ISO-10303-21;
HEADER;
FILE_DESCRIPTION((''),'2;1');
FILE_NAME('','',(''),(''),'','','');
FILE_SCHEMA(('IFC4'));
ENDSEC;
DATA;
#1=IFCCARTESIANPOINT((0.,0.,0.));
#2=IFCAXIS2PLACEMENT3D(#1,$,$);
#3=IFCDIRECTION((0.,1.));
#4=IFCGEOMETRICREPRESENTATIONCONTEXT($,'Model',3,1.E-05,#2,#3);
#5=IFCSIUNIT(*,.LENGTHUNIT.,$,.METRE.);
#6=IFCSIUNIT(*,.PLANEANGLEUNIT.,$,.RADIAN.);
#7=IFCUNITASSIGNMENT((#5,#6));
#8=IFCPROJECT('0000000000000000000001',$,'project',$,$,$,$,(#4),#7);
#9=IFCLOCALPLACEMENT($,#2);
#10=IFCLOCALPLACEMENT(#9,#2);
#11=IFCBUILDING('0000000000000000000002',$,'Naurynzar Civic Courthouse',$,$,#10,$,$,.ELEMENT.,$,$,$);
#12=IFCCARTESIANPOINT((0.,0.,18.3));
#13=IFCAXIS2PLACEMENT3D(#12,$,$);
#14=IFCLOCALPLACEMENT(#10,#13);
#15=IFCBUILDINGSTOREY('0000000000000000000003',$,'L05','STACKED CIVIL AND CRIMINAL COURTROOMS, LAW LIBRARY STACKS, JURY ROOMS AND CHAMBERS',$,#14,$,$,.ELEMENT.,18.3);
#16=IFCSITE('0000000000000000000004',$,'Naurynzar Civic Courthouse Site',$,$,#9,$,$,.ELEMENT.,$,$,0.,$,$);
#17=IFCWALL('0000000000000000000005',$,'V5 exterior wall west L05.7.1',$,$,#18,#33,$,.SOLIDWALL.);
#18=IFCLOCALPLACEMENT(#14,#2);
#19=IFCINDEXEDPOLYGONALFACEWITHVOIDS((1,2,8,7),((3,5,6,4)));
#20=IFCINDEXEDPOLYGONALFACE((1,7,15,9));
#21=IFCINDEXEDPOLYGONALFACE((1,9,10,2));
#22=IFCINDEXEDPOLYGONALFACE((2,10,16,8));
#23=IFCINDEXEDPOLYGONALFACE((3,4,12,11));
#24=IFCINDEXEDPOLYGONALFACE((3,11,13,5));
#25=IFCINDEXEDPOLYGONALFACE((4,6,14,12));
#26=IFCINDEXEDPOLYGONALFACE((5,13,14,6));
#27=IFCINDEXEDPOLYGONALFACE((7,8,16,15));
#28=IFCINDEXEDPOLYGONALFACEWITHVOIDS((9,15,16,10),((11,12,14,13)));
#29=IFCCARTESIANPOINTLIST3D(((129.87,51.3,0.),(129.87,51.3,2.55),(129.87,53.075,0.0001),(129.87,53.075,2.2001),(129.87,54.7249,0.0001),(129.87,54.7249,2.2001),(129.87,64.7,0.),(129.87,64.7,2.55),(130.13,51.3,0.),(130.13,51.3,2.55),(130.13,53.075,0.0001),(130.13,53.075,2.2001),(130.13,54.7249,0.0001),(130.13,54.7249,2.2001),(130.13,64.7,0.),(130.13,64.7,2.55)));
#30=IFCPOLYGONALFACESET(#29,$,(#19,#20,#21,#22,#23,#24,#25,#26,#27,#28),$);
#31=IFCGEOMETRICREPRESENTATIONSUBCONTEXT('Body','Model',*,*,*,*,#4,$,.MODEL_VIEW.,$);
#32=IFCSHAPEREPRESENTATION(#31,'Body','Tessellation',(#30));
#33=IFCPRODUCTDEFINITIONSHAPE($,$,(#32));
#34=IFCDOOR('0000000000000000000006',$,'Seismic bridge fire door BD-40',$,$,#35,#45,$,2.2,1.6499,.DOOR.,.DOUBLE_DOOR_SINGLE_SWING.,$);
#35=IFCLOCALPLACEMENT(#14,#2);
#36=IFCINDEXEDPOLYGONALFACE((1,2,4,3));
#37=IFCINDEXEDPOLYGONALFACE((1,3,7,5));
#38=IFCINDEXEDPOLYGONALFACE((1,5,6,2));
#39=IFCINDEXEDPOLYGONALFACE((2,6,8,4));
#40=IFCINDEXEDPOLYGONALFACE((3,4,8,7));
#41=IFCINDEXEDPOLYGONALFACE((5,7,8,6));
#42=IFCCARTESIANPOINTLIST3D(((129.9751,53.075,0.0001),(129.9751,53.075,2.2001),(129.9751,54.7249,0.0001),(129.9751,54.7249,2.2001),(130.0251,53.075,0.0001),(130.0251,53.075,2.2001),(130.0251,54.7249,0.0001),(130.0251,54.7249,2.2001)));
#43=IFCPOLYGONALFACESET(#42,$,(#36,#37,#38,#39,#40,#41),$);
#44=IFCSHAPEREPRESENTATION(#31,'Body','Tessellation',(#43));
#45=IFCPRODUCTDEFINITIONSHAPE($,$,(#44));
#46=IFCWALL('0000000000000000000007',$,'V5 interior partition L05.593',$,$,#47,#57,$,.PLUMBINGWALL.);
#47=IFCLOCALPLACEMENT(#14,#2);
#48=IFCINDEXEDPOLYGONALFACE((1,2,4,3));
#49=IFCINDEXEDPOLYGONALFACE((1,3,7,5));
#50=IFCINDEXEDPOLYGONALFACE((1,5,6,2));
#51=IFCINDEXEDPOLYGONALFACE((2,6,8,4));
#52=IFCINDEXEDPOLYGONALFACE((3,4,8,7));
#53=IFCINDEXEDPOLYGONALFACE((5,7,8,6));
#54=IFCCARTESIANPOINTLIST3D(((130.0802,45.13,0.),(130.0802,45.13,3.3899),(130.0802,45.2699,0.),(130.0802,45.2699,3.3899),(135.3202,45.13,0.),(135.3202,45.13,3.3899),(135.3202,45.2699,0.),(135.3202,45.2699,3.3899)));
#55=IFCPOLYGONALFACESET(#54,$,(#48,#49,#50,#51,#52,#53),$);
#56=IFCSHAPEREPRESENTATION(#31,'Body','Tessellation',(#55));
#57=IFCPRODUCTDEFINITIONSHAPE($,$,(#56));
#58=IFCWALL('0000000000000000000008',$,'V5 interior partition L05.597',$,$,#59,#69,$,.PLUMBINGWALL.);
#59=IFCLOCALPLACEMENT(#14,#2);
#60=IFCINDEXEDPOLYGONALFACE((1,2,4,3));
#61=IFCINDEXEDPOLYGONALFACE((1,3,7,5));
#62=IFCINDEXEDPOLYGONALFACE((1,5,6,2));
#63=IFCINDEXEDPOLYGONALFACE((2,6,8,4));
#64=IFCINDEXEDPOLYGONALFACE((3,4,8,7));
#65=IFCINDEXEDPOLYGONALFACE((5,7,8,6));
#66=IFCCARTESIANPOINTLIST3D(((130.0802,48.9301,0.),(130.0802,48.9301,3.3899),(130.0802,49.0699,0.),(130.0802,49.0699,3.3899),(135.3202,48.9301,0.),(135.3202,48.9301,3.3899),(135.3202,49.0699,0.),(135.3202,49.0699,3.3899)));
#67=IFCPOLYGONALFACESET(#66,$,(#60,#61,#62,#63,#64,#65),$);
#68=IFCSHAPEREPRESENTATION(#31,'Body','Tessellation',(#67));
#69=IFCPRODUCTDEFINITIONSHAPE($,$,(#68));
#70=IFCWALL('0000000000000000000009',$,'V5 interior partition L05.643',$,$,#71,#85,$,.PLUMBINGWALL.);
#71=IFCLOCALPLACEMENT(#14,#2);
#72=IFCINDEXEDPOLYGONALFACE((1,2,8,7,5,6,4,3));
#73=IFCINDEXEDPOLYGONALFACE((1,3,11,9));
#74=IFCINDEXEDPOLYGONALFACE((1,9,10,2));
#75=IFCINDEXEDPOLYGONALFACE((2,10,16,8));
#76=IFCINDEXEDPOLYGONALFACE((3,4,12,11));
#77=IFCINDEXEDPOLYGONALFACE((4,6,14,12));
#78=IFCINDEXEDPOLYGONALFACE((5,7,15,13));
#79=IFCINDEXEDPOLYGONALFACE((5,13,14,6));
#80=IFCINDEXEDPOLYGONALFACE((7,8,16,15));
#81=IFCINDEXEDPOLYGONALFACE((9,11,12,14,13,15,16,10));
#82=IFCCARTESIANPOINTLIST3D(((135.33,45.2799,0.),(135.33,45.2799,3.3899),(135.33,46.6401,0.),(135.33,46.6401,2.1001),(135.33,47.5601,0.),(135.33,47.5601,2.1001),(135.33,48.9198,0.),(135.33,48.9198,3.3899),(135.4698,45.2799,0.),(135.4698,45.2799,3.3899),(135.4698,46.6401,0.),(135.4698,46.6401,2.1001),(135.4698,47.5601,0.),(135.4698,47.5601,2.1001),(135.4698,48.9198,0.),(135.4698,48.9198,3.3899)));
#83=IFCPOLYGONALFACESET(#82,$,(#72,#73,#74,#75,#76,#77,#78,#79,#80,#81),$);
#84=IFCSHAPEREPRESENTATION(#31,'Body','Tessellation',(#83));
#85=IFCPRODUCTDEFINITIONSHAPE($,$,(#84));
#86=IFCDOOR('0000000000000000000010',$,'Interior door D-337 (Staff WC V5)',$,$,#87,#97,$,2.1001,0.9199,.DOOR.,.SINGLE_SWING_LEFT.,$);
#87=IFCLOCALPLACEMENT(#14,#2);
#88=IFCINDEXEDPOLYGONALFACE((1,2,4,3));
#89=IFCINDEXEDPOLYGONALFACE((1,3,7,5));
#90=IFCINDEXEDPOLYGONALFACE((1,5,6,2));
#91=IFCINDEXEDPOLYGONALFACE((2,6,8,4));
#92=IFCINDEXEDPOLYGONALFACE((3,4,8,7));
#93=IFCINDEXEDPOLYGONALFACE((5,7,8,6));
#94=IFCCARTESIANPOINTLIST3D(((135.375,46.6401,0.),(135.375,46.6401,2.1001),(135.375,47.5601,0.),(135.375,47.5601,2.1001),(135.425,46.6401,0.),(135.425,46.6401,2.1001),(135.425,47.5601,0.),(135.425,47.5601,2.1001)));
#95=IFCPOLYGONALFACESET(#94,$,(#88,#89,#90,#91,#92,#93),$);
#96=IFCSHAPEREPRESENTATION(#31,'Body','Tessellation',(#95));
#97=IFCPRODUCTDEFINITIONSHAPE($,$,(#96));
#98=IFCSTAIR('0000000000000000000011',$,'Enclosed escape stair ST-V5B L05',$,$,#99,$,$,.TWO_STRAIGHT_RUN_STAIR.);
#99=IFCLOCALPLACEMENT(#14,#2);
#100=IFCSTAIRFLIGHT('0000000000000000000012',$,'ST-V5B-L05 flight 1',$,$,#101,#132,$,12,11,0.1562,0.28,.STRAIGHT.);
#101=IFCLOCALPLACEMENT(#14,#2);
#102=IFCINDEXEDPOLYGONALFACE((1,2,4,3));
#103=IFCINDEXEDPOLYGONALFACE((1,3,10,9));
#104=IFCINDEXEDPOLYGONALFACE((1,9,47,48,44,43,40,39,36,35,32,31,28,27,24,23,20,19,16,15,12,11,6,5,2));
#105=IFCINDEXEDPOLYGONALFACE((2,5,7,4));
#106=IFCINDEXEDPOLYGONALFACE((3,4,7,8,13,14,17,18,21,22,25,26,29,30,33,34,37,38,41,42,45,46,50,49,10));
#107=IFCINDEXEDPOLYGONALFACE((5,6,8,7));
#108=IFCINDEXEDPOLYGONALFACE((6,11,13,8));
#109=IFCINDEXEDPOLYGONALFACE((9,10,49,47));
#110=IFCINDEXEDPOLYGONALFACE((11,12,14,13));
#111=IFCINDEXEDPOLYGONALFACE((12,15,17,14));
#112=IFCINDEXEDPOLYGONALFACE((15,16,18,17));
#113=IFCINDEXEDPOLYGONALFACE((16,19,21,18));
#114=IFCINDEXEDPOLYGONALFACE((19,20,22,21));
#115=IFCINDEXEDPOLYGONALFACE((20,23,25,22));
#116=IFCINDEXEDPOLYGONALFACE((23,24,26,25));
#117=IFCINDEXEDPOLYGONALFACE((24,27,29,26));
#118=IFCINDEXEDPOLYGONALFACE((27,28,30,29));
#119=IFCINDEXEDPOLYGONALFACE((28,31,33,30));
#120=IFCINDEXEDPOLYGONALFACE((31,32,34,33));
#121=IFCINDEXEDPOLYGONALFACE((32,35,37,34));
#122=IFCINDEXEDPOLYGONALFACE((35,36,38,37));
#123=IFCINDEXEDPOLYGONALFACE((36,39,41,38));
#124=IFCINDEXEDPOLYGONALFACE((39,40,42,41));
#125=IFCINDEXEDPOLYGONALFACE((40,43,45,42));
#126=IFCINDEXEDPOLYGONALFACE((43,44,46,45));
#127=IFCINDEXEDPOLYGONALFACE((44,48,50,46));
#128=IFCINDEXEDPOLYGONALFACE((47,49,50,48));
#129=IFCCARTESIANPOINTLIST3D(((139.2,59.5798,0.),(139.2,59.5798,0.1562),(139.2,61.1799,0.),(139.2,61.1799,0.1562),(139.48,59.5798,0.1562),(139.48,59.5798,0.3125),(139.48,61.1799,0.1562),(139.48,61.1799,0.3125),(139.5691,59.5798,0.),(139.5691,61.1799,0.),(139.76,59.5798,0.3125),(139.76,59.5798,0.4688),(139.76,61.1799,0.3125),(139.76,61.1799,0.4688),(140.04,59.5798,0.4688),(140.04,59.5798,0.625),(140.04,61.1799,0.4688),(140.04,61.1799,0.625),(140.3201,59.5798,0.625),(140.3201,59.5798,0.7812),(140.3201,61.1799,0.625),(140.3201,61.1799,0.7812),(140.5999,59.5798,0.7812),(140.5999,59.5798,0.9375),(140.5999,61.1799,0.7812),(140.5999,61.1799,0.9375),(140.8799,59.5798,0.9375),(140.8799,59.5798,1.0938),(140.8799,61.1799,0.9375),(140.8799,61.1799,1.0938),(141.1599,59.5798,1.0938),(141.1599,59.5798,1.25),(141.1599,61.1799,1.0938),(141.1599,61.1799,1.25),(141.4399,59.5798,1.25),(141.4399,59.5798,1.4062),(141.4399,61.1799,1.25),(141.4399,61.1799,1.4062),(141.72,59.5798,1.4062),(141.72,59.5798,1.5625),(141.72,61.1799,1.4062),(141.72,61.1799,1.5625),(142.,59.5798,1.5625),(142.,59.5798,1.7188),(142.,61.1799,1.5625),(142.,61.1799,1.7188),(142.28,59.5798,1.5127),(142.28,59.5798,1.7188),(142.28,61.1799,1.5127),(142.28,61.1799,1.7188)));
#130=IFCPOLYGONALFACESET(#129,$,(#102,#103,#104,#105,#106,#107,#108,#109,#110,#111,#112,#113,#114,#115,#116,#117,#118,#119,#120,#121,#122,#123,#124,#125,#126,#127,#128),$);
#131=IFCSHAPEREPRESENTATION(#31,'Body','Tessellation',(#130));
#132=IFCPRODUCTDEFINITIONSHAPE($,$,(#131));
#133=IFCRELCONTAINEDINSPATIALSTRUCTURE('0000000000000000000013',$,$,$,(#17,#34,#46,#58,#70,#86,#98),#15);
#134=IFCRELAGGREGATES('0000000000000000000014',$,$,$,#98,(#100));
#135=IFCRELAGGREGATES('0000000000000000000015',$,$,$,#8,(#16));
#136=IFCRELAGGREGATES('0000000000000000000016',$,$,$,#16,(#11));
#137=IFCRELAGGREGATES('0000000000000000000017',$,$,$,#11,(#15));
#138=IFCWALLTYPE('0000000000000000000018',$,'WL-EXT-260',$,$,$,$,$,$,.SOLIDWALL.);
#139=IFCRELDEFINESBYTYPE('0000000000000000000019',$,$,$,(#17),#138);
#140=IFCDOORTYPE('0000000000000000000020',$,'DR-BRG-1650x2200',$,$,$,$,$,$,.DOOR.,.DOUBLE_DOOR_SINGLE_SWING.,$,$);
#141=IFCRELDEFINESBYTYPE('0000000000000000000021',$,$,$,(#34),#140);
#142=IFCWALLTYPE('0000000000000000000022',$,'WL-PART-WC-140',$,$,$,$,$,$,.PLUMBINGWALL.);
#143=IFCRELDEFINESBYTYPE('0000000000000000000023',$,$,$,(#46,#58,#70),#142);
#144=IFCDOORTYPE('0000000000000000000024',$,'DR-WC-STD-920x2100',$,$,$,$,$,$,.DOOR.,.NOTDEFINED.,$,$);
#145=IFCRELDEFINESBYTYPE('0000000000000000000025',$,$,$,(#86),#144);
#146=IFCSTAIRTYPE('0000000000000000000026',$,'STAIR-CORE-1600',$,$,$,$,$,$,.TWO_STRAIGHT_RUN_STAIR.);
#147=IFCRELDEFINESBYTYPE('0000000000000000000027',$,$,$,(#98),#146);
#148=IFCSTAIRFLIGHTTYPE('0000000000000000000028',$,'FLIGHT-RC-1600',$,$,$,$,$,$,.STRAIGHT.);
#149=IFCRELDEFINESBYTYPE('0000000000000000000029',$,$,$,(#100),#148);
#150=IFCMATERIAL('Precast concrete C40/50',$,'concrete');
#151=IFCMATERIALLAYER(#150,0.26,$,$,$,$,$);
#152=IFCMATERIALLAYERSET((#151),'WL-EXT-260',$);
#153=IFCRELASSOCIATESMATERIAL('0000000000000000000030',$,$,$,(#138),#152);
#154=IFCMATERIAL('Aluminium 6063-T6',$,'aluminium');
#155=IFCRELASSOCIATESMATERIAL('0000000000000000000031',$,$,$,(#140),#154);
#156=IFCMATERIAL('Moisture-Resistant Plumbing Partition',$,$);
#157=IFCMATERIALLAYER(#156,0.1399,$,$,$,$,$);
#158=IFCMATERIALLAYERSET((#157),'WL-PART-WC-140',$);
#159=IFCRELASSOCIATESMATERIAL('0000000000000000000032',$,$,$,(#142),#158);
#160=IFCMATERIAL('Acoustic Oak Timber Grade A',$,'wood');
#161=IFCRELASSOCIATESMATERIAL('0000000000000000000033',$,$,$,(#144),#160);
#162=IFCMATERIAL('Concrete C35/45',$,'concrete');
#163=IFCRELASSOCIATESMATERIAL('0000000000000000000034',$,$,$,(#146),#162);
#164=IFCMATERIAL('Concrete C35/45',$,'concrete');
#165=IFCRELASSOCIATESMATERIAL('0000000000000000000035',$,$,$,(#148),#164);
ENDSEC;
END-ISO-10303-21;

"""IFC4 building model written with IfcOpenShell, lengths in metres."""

from ifc_helpers import new_model, si_unit, direction, frame, frame_2d, origin, place, context, subcontext, project, spatial, polyline, rectangle, outline, extrude, material, layer, layer_set, type_object, element, fill, aggregate, save


model = new_model("IFC4")

# Units and contexts
model_context = context("Model", 3, precision=1e-05, world=origin(), true_north=direction((0.0, 1.0)))
body_context = subcontext(model_context, "Body", "Model", "MODEL_VIEW")
ifc_project = project(units=[si_unit("LENGTHUNIT", "METRE"), si_unit("PLANEANGLEUNIT", "RADIAN")], contexts=[model_context])

# Site, building, storey
site_placement = place(None, origin())
site = spatial("IfcSite", under=ifc_project, at=site_placement, Name="Naurynzar Civic Courthouse Site", CompositionType="ELEMENT", RefElevation=0.0)
building_placement = place(site_placement, origin())
building = spatial("IfcBuilding", under=site, at=building_placement, Name="Naurynzar Civic Courthouse", CompositionType="ELEMENT")
storey_placement = place(building_placement, frame((0.0, 0.0, 18.3)))
storey = spatial("IfcBuildingStorey", under=building, at=storey_placement, Name="L05", Description="STACKED CIVIL AND CRIMINAL COURTROOMS, LAW LIBRARY STACKS, JURY ROOMS AND CHAMBERS", CompositionType="ELEMENT", Elevation=18.3)

# Wall, opening, door
ifc_material_1 = material(Name="Precast concrete C40/50", Category="concrete")
ifc_layer_1 = layer(ifc_material_1, 0.26)
ifc_layer_set_1 = layer_set([ifc_layer_1], Name="WL-EXT-260")
wall_type_1 = type_object("IfcWallType", Name="WL-EXT-260", PredefinedType="SOLIDWALL", material=ifc_layer_set_1)
wall_1_placement = place(storey_placement, frame((130.0, 51.3, 0.0), z_axis=(0.0, 0.0, 1.0), x_axis=(0.0, 1.0, 0.0)))
wall_1 = element("IfcWall", 1, at=wall_1_placement, inside=storey, type_object=wall_type_1, Name="V5 exterior wall west L05.7.1", PredefinedType="SOLIDWALL", context=body_context, shape_type="SweptSolid", body=[
    extrude(rectangle(XDim=13.3999, YDim=0.26, at=frame_2d((6.7, 0.0))), origin(), (0.0, 0.0, 1.0), 2.55),
])
opening_1_placement = place(wall_1_placement, frame((1.7749, 0.0, 0.0)))
opening_1 = element("IfcOpeningElement", 2, at=opening_1_placement, cuts=wall_1, PredefinedType="OPENING", context=body_context, shape_type="SweptSolid", body=[
    extrude(rectangle(XDim=1.6499, YDim=2.2, at=frame_2d((0.825, 1.1001))), frame((0.0, 0.1399, 0.0), z_axis=(0.0, -1.0, 0.0), x_axis=(1.0, 0.0, 0.0)), (0.0, 0.0, 1.0), 0.28),
])
ifc_material_2 = material(Name="Aluminium 6063-T6", Category="aluminium")
door_type_1 = type_object("IfcDoorType", Name="DR-BRG-1650x2200", OperationType="DOUBLE_DOOR_SINGLE_SWING", PredefinedType="DOOR", material=ifc_material_2)
door_1_placement = place(opening_1_placement, origin())
door_1 = element("IfcDoor", 3, at=door_1_placement, inside=storey, type_object=door_type_1, Name="Seismic bridge fire door BD-40", OperationType="DOUBLE_DOOR_SINGLE_SWING", OverallHeight=2.2, OverallWidth=1.6499, PredefinedType="DOOR", context=body_context, shape_type="SweptSolid", body=[
    extrude(rectangle(XDim=1.6499, YDim=2.2, at=frame_2d((0.825, 1.1001))), frame((0.0, 0.0249, 0.0), z_axis=(0.0, -1.0, 0.0), x_axis=(1.0, 0.0, 0.0)), (0.0, 0.0, 1.0), 0.05),
])
fill(opening_1, door_1)

# Walls
ifc_material_3 = material(Name="Moisture-Resistant Plumbing Partition")
ifc_layer_2 = layer(ifc_material_3, 0.1399)
ifc_layer_set_2 = layer_set([ifc_layer_2], Name="WL-PART-WC-140")
wall_type_2 = type_object("IfcWallType", Name="WL-PART-WC-140", PredefinedType="PLUMBINGWALL", material=ifc_layer_set_2)
for number, where, z_axis, x_axis, name in (
    (4, (130.0801, 45.2, 0.0), (0.0, 0.0, 1.0), (1.0, 0.0, 0.0), "V5 interior partition L05.593"),
    (5, (130.0801, 49.0, 0.0), (0.0, 0.0, 1.0), (1.0, 0.0, 0.0), "V5 interior partition L05.597"),
):
    element("IfcWall", number, at=place(storey_placement, frame(where, z_axis=z_axis, x_axis=x_axis)), inside=storey, type_object=wall_type_2, Name=name, PredefinedType="PLUMBINGWALL", context=body_context, shape_type="SweptSolid", body=[
        extrude(rectangle(XDim=5.24, YDim=0.1399, at=frame_2d((2.6201, 0.0))), origin(), (0.0, 0.0, 1.0), 3.3899),
    ])

# Wall, opening, door
wall_2_placement = place(storey_placement, frame((135.3999, 45.28, 0.0), z_axis=(0.0, 0.0, 1.0), x_axis=(0.0, 1.0, 0.0)))
wall_2 = element("IfcWall", 6, at=wall_2_placement, inside=storey, type_object=wall_type_2, Name="V5 interior partition L05.643", PredefinedType="PLUMBINGWALL", context=body_context, shape_type="SweptSolid", body=[
    extrude(rectangle(XDim=3.6399, YDim=0.1399, at=frame_2d((1.8198, 0.0))), origin(), (0.0, 0.0, 1.0), 3.3899),
])
opening_2_placement = place(wall_2_placement, frame((1.3601, 0.0, 0.0)))
opening_2 = element("IfcOpeningElement", 7, at=opening_2_placement, cuts=wall_2, PredefinedType="OPENING", context=body_context, shape_type="SweptSolid", body=[
    extrude(rectangle(XDim=0.9199, YDim=2.1001, at=frame_2d((0.46, 1.05))), frame((0.0, 0.0798, 0.0), z_axis=(0.0, -1.0, 0.0), x_axis=(1.0, 0.0, 0.0)), (0.0, 0.0, 1.0), 0.1599),
])
ifc_material_4 = material(Name="Acoustic Oak Timber Grade A", Category="wood")
door_type_2 = type_object("IfcDoorType", Name="DR-WC-STD-920x2100", OperationType="NOTDEFINED", PredefinedType="DOOR", material=ifc_material_4)
door_2_placement = place(opening_2_placement, origin())
door_2 = element("IfcDoor", 8, at=door_2_placement, inside=storey, type_object=door_type_2, Name="Interior door D-337 (Staff WC V5)", OperationType="SINGLE_SWING_LEFT", OverallHeight=2.1001, OverallWidth=0.9199, PredefinedType="DOOR", context=body_context, shape_type="SweptSolid", body=[
    extrude(rectangle(XDim=0.9199, YDim=2.1001, at=frame_2d((0.46, 1.05))), frame((0.0, 0.0249, 0.0), z_axis=(0.0, -1.0, 0.0), x_axis=(1.0, 0.0, 0.0)), (0.0, 0.0, 1.0), 0.05),
])
fill(opening_2, door_2)

# Stair, stair flight
ifc_material_5 = material(Name="Concrete C35/45", Category="concrete")
stair_type = type_object("IfcStairType", Name="STAIR-CORE-1600", PredefinedType="TWO_STRAIGHT_RUN_STAIR", material=ifc_material_5)
stair_placement = place(storey_placement, origin())
stair = element("IfcStair", 9, at=stair_placement, inside=storey, type_object=stair_type, Name="Enclosed escape stair ST-V5B L05", PredefinedType="TWO_STRAIGHT_RUN_STAIR")
ifc_material_6 = material(Name="Concrete C35/45", Category="concrete")
stair_flight_type = type_object("IfcStairFlightType", Name="FLIGHT-RC-1600", PredefinedType="STRAIGHT", material=ifc_material_6)
stair_flight_placement = place(storey_placement, frame((139.2, 60.3799, 0.0), z_axis=(0.0, 0.0, 1.0), x_axis=(1.0, 0.0, 0.0)))
stair_flight = element("IfcStairFlight", 10, at=stair_flight_placement, type_object=stair_flight_type, Name="ST-V5B-L05 flight 1", NumberOfRisers=12, NumberOfTreads=11, PredefinedType="STRAIGHT", RiserHeight=0.1562, TreadLength=0.28, context=body_context, shape_type="SweptSolid", body=[
    extrude(outline(polyline([(0.0, 0.0), (0.0, 0.1562), (0.28, 0.1562), (0.28, 0.3125), (0.5601, 0.3125), (0.5601, 0.4688), (0.8401, 0.4688), (0.8401, 0.625), (1.1201, 0.625), (1.1201, 0.7812), (1.3999, 0.7812), (1.3999, 0.9375), (1.6799, 0.9375), (1.6799, 1.0938), (1.96, 1.0938), (1.96, 1.25), (2.24, 1.25), (2.24, 1.4062), (2.52, 1.4062), (2.52, 1.5625), (2.8, 1.5625), (2.8, 1.7188), (3.0801, 1.7188), (3.0801, 1.875), (3.0801, 1.5127), (0.3691, 0.0), (0.0, 0.0)])), frame((0.0, 0.8, 0.0), z_axis=(0.0, -1.0, 0.0), x_axis=(1.0, 0.0, 0.0)), (0.0, 0.0, 1.0), 1.6001),
])
aggregate(stair, [stair_flight])

save(model, "model.ifc")
